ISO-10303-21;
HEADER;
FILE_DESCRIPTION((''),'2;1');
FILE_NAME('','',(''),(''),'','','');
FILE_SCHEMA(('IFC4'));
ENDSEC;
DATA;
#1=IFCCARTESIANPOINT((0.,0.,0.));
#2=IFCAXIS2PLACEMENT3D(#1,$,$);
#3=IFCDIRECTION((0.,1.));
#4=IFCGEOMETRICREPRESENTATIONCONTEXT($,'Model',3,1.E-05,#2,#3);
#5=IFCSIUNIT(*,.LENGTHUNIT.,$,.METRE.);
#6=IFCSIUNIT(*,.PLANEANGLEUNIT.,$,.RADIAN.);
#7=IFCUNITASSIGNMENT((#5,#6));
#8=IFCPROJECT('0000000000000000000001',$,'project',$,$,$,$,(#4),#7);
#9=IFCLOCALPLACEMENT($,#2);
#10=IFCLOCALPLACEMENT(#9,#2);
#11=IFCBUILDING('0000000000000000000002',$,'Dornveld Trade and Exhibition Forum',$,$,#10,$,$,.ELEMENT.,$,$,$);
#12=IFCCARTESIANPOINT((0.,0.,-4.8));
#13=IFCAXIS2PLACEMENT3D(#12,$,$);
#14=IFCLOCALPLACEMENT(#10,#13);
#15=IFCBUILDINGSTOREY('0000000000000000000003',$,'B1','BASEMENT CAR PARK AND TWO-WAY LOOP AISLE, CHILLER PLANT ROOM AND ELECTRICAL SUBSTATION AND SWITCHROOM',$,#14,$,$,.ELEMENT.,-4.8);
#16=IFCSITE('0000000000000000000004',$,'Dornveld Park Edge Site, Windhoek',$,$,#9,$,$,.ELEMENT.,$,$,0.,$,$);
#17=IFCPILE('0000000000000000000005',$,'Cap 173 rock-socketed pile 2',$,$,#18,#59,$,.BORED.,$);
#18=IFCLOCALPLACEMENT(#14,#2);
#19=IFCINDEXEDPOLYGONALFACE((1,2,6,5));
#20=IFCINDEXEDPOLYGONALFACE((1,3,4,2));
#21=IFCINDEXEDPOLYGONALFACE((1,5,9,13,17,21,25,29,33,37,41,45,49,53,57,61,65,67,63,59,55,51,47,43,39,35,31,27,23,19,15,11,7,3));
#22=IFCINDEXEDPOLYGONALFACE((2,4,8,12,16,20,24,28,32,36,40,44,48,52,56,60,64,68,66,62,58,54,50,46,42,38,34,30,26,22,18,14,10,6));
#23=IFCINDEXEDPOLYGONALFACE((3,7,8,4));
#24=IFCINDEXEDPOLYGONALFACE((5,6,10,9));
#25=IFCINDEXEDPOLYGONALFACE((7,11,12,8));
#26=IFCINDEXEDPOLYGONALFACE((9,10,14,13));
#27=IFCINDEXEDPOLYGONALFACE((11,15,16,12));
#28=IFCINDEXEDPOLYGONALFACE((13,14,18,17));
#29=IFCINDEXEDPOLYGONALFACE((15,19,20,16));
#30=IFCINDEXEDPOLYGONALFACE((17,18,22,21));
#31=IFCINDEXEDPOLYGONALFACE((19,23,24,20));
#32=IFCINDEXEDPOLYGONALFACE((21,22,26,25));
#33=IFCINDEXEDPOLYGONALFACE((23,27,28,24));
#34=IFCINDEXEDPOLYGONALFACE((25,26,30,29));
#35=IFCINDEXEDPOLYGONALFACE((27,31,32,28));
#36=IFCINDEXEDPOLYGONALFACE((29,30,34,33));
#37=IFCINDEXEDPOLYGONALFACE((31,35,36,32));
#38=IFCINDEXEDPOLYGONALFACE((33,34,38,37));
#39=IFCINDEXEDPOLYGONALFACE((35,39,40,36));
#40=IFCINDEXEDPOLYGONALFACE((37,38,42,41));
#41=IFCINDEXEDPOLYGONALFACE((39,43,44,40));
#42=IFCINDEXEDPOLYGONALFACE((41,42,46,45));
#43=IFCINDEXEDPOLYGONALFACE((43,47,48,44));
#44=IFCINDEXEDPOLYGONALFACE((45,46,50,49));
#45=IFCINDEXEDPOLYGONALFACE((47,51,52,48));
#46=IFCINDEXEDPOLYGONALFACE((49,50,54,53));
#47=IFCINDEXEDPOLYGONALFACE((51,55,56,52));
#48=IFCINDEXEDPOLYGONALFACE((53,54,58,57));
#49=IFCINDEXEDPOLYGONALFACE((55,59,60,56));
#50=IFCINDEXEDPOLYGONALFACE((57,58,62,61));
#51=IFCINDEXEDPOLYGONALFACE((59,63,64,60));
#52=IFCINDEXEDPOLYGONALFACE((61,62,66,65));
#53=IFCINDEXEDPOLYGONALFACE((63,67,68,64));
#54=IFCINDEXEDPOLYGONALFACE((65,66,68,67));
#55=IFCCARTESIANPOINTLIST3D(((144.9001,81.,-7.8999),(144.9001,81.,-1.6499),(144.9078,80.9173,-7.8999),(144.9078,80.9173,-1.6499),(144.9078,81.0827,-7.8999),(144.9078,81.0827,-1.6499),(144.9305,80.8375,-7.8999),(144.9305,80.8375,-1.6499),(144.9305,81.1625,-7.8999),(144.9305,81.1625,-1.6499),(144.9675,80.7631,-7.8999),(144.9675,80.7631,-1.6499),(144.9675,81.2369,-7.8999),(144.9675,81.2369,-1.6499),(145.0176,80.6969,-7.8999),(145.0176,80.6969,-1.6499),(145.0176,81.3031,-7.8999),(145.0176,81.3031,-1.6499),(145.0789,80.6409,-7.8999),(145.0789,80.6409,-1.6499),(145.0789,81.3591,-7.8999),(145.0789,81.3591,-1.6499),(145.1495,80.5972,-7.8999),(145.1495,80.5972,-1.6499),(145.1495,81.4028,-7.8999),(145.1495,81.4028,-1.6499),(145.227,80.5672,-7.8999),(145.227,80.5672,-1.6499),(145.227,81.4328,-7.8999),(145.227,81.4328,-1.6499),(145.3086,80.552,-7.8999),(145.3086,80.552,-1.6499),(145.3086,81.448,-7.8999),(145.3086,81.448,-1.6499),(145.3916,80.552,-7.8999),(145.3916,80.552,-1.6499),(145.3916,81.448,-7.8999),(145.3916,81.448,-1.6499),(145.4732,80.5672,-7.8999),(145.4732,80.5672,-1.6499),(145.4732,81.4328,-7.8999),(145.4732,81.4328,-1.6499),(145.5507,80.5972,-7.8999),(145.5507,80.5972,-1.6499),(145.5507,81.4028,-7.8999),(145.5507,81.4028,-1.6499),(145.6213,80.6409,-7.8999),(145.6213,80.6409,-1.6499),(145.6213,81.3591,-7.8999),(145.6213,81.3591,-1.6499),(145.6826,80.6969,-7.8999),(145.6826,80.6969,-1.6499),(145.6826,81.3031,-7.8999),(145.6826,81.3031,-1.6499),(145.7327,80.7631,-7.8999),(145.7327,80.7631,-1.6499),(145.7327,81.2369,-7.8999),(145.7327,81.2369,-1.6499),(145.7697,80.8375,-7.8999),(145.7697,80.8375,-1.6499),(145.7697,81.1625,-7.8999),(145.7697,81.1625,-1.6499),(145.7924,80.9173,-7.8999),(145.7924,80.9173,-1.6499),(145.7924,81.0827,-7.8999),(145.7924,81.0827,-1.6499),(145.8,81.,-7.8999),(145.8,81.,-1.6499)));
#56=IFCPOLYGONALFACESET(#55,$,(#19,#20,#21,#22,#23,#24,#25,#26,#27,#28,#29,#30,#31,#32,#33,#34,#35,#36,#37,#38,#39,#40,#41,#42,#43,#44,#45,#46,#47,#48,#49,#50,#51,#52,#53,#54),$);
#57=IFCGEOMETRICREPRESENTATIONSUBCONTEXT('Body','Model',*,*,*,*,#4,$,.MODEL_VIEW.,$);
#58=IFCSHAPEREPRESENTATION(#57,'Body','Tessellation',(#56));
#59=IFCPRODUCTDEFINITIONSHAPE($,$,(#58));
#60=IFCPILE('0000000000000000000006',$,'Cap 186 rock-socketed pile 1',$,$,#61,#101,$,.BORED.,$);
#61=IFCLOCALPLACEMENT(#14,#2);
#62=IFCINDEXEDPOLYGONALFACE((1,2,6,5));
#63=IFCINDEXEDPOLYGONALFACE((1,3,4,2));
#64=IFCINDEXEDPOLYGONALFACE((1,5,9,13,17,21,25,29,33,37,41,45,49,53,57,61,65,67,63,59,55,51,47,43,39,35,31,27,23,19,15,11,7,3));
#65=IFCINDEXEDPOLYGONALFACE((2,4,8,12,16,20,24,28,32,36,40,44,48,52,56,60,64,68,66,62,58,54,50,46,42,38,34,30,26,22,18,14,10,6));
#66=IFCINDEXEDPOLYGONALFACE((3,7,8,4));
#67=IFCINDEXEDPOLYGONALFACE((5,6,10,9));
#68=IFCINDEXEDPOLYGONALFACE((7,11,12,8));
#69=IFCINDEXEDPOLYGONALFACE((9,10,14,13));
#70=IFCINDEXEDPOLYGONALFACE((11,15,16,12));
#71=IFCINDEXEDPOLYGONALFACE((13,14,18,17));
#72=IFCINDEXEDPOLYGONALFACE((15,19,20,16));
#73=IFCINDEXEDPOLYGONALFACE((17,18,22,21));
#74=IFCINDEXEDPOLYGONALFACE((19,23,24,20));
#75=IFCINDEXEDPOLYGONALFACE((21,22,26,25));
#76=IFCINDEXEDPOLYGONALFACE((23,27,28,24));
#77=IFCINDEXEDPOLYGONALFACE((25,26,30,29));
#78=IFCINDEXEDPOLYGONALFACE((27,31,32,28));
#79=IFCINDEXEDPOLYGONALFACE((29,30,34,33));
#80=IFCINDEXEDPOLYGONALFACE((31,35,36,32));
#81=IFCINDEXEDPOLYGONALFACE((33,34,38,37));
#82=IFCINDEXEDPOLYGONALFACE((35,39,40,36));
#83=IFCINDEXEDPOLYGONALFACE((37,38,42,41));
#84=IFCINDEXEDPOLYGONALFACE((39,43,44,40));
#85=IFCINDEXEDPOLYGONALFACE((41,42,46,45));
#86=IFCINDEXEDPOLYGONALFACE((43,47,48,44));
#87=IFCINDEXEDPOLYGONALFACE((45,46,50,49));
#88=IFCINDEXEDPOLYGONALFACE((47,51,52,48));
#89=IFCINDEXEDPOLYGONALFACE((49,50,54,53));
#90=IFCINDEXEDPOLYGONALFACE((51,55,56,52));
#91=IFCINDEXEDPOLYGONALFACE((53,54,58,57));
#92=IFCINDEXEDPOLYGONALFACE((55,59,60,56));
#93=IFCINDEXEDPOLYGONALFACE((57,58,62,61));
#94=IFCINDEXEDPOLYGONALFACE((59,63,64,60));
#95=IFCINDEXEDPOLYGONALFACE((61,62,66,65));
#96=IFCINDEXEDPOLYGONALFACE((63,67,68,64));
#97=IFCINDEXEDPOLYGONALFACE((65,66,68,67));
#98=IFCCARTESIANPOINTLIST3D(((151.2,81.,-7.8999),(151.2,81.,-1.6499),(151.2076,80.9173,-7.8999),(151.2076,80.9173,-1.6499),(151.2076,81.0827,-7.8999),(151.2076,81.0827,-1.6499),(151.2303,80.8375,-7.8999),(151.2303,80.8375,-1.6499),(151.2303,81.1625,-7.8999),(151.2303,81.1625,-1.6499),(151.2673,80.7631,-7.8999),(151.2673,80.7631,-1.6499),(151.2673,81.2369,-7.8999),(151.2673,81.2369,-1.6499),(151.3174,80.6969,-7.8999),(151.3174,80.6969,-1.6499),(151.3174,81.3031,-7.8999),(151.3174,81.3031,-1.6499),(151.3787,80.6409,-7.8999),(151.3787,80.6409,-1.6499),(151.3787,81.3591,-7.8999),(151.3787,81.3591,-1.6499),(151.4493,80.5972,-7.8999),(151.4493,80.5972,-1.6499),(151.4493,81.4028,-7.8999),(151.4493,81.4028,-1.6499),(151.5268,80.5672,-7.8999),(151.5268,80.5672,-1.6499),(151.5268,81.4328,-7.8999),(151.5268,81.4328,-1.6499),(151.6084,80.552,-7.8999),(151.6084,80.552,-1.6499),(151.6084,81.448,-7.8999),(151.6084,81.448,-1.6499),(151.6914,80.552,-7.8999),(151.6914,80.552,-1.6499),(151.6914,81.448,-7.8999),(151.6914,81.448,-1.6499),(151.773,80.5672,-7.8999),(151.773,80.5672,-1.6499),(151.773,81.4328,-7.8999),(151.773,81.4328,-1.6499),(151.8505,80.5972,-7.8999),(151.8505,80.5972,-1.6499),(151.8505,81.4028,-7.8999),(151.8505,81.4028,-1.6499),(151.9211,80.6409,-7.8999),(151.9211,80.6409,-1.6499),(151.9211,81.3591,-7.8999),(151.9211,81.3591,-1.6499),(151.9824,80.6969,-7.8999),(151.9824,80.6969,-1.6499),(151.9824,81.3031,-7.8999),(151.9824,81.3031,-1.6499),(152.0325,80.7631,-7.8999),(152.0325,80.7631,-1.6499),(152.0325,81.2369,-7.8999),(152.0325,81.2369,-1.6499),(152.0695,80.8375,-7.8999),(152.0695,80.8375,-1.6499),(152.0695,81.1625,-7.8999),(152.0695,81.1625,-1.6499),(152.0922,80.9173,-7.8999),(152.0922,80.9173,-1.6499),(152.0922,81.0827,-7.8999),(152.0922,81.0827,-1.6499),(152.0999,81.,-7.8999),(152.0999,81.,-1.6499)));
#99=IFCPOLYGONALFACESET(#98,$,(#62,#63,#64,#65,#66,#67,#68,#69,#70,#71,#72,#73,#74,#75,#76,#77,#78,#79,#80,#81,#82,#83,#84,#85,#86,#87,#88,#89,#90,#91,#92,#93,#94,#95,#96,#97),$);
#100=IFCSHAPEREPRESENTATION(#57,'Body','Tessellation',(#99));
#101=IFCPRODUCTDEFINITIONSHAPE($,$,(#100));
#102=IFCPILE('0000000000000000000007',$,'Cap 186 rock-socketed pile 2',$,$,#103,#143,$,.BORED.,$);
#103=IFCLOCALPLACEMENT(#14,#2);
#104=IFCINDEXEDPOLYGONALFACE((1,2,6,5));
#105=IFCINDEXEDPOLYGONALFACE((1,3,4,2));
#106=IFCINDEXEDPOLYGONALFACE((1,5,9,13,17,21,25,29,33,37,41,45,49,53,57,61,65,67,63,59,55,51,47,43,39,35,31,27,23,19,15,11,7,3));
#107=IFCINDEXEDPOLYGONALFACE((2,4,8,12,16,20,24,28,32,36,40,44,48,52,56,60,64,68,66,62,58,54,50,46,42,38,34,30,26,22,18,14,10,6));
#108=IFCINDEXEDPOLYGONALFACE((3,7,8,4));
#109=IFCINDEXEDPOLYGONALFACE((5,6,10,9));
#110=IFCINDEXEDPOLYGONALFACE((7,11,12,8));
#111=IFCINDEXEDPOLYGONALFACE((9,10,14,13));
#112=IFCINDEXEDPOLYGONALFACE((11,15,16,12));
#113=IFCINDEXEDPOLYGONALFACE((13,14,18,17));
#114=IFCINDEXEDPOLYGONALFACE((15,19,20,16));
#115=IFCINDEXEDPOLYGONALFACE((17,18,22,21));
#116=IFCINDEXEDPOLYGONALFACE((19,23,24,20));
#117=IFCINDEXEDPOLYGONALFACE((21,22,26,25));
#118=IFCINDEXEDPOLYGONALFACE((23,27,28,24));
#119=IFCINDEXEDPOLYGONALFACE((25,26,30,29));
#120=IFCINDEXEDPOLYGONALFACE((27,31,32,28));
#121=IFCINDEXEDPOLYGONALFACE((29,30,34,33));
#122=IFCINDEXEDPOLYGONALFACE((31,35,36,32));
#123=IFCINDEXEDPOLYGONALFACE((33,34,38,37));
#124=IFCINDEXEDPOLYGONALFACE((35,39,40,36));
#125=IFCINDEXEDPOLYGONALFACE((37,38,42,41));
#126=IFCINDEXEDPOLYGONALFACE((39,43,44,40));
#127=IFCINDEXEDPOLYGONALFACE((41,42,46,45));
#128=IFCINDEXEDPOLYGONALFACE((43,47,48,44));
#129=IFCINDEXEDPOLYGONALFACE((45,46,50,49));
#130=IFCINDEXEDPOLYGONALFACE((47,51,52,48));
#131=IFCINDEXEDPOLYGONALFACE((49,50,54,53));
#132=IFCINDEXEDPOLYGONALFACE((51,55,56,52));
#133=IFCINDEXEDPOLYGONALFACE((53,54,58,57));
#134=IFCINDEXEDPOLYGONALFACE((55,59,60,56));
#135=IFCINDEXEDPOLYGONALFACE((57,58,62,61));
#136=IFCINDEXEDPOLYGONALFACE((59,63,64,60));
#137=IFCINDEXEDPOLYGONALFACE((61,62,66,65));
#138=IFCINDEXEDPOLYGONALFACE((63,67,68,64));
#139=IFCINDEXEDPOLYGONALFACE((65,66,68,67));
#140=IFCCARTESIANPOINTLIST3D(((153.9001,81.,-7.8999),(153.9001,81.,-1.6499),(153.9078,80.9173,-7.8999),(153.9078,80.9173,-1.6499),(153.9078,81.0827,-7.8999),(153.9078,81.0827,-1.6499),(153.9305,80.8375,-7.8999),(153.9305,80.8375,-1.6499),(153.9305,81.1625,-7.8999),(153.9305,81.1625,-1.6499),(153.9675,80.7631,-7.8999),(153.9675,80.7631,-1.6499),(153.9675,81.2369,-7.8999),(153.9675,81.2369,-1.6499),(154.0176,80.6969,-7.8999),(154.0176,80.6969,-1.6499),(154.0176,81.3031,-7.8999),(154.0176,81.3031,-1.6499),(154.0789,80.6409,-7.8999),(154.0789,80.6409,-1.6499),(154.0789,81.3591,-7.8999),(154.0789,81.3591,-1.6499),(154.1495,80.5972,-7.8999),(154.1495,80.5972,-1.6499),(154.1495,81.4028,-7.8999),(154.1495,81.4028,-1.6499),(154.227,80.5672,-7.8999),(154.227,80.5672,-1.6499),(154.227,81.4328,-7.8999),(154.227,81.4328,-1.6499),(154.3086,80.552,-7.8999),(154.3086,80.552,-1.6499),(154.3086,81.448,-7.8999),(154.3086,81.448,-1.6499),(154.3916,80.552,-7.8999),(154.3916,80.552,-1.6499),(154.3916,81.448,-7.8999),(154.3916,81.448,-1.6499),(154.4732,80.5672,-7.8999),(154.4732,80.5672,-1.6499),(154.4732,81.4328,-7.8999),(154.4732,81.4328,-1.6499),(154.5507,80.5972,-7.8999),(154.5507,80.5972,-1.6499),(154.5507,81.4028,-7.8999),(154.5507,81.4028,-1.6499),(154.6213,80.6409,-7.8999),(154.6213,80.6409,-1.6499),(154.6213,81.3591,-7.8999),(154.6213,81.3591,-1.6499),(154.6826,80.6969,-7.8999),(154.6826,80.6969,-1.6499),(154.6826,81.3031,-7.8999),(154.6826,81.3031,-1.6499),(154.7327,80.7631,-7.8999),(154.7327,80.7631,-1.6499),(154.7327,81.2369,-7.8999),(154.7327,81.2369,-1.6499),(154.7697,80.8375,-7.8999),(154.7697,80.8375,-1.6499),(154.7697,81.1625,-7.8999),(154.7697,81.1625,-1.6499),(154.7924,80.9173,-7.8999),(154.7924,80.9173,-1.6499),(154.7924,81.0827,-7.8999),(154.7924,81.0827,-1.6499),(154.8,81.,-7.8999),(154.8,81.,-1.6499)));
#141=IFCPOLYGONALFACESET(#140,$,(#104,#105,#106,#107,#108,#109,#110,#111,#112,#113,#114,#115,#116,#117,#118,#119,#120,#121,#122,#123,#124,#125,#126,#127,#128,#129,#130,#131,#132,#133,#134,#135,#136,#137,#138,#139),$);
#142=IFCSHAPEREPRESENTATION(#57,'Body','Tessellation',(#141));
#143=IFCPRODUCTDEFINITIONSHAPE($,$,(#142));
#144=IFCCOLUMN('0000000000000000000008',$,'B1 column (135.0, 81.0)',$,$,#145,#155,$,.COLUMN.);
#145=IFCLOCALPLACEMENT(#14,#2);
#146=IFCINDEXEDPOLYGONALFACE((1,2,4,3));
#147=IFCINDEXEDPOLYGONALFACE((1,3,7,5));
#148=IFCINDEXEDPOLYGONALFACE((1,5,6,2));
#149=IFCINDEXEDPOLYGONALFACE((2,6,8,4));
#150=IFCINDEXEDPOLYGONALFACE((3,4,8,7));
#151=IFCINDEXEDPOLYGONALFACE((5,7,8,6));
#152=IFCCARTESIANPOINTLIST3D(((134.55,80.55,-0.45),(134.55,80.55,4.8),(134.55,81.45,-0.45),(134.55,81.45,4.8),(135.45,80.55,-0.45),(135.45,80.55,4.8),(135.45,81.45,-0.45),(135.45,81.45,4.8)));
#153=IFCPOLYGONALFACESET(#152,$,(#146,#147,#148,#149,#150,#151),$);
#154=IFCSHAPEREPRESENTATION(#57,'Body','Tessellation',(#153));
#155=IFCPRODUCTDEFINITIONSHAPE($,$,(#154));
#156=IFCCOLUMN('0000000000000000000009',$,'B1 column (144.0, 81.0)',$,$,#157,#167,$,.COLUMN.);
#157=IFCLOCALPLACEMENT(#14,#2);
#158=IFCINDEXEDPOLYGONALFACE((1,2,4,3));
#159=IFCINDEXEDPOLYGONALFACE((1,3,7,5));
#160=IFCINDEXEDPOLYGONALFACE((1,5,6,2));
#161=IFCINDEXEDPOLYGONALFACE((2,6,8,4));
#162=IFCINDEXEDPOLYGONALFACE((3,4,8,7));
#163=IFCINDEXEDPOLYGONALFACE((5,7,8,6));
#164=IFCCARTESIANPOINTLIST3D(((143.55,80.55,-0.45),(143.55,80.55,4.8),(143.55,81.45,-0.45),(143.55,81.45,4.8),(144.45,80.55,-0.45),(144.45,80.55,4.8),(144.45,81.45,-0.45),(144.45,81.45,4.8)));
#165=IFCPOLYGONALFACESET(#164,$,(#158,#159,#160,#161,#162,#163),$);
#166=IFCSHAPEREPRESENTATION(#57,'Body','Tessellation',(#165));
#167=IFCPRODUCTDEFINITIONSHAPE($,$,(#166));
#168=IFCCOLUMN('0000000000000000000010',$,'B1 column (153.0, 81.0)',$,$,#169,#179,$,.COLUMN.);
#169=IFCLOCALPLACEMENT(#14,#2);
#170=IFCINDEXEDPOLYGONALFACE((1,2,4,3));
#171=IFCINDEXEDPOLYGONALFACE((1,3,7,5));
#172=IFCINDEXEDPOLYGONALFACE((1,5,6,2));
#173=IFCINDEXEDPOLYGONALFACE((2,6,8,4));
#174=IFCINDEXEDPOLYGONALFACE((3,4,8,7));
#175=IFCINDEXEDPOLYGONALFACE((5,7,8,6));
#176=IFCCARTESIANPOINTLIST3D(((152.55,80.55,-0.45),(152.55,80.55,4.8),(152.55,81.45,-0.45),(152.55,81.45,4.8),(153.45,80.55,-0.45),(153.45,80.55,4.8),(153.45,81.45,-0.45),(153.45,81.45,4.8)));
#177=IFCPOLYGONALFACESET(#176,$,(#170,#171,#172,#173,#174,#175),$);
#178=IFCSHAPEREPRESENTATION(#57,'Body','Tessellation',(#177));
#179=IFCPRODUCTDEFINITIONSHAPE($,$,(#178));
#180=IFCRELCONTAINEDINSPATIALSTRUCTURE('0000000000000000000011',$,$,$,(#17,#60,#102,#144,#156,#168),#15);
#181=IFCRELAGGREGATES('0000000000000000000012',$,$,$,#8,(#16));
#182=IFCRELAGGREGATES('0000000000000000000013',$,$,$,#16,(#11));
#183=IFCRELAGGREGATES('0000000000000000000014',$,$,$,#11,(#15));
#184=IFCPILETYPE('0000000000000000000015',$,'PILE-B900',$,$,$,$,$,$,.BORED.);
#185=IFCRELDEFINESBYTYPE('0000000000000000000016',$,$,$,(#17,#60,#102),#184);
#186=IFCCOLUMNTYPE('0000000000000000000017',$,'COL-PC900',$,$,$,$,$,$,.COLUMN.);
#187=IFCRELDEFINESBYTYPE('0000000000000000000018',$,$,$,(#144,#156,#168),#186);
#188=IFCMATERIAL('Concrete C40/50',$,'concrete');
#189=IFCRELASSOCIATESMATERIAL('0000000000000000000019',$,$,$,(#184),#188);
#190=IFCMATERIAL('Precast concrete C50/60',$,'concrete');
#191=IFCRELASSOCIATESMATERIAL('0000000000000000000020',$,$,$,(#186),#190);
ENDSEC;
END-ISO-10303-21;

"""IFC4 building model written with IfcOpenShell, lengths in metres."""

from ifc_helpers import new_model, si_unit, direction, frame, origin, origin_2d, place, context, subcontext, project, spatial, rectangle, circle, extrude, material, material_profile, profile_set, type_object, element, save


model = new_model("IFC4")

# Units and contexts
model_context = context("Model", 3, precision=1e-05, world=origin(), true_north=direction((0.0, 1.0)))
body_context = subcontext(model_context, "Body", "Model", "MODEL_VIEW")
ifc_project = project(units=[si_unit("LENGTHUNIT", "METRE"), si_unit("PLANEANGLEUNIT", "RADIAN")], contexts=[model_context])

# Site, building, storey
site_placement = place(None, origin())
site = spatial("IfcSite", under=ifc_project, at=site_placement, Name="Dornveld Park Edge Site, Windhoek", CompositionType="ELEMENT", RefElevation=0.0)
building_placement = place(site_placement, origin())
building = spatial("IfcBuilding", under=site, at=building_placement, Name="Dornveld Trade and Exhibition Forum", CompositionType="ELEMENT")
storey_placement = place(building_placement, frame((0.0, 0.0, -4.8)))
storey = spatial("IfcBuildingStorey", under=building, at=storey_placement, Name="B1", Description="BASEMENT CAR PARK AND TWO-WAY LOOP AISLE, CHILLER PLANT ROOM AND ELECTRICAL SUBSTATION AND SWITCHROOM", CompositionType="ELEMENT", Elevation=-4.8)

# Piles
ifc_material_1 = material(Name="Concrete C40/50", Category="concrete")
ifc_material_profile_1 = material_profile(ifc_material_1, circle(Radius=0.45, at=origin_2d()), Name="PILE D900")
ifc_profile_set_1 = profile_set([ifc_material_profile_1], Name="Concrete C40/50")
pile_type_1 = type_object("IfcPileType", Name="PILE-B900", PredefinedType="BORED", material=ifc_profile_set_1)
for number, where, z_axis, x_axis, name in (
    (1, (145.3501, 81.0, -1.6499), (0.0, 0.0, -1.0), (1.0, 0.0, 0.0), "Cap 173 rock-socketed pile 2"),
    (2, (151.6499, 81.0, -1.6499), (0.0, 0.0, -1.0), (1.0, 0.0, 0.0), "Cap 186 rock-socketed pile 1"),
    (3, (154.3501, 81.0, -1.6499), (0.0, 0.0, -1.0), (1.0, 0.0, 0.0), "Cap 186 rock-socketed pile 2"),
):
    element("IfcPile", number, at=place(storey_placement, frame(where, z_axis=z_axis, x_axis=x_axis)), inside=storey, type_object=pile_type_1, Name=name, PredefinedType="BORED", context=body_context, shape_type="SweptSolid", body=[
        extrude(circle(Radius=0.45, at=origin_2d()), origin(), (0.0, 0.0, 1.0), 6.25),
    ])

# Columns
ifc_material_2 = material(Name="Precast concrete C50/60", Category="concrete")
ifc_material_profile_2 = material_profile(ifc_material_2, rectangle(XDim=0.8999, YDim=0.8999, at=origin_2d()), Name="PC-COL 900x900")
ifc_profile_set_2 = profile_set([ifc_material_profile_2], Name="Precast concrete C50/60")
column_type = type_object("IfcColumnType", Name="COL-PC900", PredefinedType="COLUMN", material=ifc_profile_set_2)
for number, where, z_axis, x_axis, name in (
    (4, (135.0, 81.0, -0.45), (0.0, 0.0, 1.0), (1.0, 0.0, 0.0), "B1 column (135.0, 81.0)"),
    (5, (144.0, 81.0, -0.45), (0.0, 0.0, 1.0), (1.0, 0.0, 0.0), "B1 column (144.0, 81.0)"),
    (6, (153.0, 81.0, -0.45), (0.0, 0.0, 1.0), (1.0, 0.0, 0.0), "B1 column (153.0, 81.0)"),
):
    element("IfcColumn", number, at=place(storey_placement, frame(where, z_axis=z_axis, x_axis=x_axis)), inside=storey, type_object=column_type, Name=name, PredefinedType="COLUMN", context=body_context, shape_type="SweptSolid", body=[
        extrude(rectangle(XDim=0.8999, YDim=0.8999, at=origin_2d()), origin(), (0.0, 0.0, 1.0), 5.25),
    ])

save(model, "model.ifc")
